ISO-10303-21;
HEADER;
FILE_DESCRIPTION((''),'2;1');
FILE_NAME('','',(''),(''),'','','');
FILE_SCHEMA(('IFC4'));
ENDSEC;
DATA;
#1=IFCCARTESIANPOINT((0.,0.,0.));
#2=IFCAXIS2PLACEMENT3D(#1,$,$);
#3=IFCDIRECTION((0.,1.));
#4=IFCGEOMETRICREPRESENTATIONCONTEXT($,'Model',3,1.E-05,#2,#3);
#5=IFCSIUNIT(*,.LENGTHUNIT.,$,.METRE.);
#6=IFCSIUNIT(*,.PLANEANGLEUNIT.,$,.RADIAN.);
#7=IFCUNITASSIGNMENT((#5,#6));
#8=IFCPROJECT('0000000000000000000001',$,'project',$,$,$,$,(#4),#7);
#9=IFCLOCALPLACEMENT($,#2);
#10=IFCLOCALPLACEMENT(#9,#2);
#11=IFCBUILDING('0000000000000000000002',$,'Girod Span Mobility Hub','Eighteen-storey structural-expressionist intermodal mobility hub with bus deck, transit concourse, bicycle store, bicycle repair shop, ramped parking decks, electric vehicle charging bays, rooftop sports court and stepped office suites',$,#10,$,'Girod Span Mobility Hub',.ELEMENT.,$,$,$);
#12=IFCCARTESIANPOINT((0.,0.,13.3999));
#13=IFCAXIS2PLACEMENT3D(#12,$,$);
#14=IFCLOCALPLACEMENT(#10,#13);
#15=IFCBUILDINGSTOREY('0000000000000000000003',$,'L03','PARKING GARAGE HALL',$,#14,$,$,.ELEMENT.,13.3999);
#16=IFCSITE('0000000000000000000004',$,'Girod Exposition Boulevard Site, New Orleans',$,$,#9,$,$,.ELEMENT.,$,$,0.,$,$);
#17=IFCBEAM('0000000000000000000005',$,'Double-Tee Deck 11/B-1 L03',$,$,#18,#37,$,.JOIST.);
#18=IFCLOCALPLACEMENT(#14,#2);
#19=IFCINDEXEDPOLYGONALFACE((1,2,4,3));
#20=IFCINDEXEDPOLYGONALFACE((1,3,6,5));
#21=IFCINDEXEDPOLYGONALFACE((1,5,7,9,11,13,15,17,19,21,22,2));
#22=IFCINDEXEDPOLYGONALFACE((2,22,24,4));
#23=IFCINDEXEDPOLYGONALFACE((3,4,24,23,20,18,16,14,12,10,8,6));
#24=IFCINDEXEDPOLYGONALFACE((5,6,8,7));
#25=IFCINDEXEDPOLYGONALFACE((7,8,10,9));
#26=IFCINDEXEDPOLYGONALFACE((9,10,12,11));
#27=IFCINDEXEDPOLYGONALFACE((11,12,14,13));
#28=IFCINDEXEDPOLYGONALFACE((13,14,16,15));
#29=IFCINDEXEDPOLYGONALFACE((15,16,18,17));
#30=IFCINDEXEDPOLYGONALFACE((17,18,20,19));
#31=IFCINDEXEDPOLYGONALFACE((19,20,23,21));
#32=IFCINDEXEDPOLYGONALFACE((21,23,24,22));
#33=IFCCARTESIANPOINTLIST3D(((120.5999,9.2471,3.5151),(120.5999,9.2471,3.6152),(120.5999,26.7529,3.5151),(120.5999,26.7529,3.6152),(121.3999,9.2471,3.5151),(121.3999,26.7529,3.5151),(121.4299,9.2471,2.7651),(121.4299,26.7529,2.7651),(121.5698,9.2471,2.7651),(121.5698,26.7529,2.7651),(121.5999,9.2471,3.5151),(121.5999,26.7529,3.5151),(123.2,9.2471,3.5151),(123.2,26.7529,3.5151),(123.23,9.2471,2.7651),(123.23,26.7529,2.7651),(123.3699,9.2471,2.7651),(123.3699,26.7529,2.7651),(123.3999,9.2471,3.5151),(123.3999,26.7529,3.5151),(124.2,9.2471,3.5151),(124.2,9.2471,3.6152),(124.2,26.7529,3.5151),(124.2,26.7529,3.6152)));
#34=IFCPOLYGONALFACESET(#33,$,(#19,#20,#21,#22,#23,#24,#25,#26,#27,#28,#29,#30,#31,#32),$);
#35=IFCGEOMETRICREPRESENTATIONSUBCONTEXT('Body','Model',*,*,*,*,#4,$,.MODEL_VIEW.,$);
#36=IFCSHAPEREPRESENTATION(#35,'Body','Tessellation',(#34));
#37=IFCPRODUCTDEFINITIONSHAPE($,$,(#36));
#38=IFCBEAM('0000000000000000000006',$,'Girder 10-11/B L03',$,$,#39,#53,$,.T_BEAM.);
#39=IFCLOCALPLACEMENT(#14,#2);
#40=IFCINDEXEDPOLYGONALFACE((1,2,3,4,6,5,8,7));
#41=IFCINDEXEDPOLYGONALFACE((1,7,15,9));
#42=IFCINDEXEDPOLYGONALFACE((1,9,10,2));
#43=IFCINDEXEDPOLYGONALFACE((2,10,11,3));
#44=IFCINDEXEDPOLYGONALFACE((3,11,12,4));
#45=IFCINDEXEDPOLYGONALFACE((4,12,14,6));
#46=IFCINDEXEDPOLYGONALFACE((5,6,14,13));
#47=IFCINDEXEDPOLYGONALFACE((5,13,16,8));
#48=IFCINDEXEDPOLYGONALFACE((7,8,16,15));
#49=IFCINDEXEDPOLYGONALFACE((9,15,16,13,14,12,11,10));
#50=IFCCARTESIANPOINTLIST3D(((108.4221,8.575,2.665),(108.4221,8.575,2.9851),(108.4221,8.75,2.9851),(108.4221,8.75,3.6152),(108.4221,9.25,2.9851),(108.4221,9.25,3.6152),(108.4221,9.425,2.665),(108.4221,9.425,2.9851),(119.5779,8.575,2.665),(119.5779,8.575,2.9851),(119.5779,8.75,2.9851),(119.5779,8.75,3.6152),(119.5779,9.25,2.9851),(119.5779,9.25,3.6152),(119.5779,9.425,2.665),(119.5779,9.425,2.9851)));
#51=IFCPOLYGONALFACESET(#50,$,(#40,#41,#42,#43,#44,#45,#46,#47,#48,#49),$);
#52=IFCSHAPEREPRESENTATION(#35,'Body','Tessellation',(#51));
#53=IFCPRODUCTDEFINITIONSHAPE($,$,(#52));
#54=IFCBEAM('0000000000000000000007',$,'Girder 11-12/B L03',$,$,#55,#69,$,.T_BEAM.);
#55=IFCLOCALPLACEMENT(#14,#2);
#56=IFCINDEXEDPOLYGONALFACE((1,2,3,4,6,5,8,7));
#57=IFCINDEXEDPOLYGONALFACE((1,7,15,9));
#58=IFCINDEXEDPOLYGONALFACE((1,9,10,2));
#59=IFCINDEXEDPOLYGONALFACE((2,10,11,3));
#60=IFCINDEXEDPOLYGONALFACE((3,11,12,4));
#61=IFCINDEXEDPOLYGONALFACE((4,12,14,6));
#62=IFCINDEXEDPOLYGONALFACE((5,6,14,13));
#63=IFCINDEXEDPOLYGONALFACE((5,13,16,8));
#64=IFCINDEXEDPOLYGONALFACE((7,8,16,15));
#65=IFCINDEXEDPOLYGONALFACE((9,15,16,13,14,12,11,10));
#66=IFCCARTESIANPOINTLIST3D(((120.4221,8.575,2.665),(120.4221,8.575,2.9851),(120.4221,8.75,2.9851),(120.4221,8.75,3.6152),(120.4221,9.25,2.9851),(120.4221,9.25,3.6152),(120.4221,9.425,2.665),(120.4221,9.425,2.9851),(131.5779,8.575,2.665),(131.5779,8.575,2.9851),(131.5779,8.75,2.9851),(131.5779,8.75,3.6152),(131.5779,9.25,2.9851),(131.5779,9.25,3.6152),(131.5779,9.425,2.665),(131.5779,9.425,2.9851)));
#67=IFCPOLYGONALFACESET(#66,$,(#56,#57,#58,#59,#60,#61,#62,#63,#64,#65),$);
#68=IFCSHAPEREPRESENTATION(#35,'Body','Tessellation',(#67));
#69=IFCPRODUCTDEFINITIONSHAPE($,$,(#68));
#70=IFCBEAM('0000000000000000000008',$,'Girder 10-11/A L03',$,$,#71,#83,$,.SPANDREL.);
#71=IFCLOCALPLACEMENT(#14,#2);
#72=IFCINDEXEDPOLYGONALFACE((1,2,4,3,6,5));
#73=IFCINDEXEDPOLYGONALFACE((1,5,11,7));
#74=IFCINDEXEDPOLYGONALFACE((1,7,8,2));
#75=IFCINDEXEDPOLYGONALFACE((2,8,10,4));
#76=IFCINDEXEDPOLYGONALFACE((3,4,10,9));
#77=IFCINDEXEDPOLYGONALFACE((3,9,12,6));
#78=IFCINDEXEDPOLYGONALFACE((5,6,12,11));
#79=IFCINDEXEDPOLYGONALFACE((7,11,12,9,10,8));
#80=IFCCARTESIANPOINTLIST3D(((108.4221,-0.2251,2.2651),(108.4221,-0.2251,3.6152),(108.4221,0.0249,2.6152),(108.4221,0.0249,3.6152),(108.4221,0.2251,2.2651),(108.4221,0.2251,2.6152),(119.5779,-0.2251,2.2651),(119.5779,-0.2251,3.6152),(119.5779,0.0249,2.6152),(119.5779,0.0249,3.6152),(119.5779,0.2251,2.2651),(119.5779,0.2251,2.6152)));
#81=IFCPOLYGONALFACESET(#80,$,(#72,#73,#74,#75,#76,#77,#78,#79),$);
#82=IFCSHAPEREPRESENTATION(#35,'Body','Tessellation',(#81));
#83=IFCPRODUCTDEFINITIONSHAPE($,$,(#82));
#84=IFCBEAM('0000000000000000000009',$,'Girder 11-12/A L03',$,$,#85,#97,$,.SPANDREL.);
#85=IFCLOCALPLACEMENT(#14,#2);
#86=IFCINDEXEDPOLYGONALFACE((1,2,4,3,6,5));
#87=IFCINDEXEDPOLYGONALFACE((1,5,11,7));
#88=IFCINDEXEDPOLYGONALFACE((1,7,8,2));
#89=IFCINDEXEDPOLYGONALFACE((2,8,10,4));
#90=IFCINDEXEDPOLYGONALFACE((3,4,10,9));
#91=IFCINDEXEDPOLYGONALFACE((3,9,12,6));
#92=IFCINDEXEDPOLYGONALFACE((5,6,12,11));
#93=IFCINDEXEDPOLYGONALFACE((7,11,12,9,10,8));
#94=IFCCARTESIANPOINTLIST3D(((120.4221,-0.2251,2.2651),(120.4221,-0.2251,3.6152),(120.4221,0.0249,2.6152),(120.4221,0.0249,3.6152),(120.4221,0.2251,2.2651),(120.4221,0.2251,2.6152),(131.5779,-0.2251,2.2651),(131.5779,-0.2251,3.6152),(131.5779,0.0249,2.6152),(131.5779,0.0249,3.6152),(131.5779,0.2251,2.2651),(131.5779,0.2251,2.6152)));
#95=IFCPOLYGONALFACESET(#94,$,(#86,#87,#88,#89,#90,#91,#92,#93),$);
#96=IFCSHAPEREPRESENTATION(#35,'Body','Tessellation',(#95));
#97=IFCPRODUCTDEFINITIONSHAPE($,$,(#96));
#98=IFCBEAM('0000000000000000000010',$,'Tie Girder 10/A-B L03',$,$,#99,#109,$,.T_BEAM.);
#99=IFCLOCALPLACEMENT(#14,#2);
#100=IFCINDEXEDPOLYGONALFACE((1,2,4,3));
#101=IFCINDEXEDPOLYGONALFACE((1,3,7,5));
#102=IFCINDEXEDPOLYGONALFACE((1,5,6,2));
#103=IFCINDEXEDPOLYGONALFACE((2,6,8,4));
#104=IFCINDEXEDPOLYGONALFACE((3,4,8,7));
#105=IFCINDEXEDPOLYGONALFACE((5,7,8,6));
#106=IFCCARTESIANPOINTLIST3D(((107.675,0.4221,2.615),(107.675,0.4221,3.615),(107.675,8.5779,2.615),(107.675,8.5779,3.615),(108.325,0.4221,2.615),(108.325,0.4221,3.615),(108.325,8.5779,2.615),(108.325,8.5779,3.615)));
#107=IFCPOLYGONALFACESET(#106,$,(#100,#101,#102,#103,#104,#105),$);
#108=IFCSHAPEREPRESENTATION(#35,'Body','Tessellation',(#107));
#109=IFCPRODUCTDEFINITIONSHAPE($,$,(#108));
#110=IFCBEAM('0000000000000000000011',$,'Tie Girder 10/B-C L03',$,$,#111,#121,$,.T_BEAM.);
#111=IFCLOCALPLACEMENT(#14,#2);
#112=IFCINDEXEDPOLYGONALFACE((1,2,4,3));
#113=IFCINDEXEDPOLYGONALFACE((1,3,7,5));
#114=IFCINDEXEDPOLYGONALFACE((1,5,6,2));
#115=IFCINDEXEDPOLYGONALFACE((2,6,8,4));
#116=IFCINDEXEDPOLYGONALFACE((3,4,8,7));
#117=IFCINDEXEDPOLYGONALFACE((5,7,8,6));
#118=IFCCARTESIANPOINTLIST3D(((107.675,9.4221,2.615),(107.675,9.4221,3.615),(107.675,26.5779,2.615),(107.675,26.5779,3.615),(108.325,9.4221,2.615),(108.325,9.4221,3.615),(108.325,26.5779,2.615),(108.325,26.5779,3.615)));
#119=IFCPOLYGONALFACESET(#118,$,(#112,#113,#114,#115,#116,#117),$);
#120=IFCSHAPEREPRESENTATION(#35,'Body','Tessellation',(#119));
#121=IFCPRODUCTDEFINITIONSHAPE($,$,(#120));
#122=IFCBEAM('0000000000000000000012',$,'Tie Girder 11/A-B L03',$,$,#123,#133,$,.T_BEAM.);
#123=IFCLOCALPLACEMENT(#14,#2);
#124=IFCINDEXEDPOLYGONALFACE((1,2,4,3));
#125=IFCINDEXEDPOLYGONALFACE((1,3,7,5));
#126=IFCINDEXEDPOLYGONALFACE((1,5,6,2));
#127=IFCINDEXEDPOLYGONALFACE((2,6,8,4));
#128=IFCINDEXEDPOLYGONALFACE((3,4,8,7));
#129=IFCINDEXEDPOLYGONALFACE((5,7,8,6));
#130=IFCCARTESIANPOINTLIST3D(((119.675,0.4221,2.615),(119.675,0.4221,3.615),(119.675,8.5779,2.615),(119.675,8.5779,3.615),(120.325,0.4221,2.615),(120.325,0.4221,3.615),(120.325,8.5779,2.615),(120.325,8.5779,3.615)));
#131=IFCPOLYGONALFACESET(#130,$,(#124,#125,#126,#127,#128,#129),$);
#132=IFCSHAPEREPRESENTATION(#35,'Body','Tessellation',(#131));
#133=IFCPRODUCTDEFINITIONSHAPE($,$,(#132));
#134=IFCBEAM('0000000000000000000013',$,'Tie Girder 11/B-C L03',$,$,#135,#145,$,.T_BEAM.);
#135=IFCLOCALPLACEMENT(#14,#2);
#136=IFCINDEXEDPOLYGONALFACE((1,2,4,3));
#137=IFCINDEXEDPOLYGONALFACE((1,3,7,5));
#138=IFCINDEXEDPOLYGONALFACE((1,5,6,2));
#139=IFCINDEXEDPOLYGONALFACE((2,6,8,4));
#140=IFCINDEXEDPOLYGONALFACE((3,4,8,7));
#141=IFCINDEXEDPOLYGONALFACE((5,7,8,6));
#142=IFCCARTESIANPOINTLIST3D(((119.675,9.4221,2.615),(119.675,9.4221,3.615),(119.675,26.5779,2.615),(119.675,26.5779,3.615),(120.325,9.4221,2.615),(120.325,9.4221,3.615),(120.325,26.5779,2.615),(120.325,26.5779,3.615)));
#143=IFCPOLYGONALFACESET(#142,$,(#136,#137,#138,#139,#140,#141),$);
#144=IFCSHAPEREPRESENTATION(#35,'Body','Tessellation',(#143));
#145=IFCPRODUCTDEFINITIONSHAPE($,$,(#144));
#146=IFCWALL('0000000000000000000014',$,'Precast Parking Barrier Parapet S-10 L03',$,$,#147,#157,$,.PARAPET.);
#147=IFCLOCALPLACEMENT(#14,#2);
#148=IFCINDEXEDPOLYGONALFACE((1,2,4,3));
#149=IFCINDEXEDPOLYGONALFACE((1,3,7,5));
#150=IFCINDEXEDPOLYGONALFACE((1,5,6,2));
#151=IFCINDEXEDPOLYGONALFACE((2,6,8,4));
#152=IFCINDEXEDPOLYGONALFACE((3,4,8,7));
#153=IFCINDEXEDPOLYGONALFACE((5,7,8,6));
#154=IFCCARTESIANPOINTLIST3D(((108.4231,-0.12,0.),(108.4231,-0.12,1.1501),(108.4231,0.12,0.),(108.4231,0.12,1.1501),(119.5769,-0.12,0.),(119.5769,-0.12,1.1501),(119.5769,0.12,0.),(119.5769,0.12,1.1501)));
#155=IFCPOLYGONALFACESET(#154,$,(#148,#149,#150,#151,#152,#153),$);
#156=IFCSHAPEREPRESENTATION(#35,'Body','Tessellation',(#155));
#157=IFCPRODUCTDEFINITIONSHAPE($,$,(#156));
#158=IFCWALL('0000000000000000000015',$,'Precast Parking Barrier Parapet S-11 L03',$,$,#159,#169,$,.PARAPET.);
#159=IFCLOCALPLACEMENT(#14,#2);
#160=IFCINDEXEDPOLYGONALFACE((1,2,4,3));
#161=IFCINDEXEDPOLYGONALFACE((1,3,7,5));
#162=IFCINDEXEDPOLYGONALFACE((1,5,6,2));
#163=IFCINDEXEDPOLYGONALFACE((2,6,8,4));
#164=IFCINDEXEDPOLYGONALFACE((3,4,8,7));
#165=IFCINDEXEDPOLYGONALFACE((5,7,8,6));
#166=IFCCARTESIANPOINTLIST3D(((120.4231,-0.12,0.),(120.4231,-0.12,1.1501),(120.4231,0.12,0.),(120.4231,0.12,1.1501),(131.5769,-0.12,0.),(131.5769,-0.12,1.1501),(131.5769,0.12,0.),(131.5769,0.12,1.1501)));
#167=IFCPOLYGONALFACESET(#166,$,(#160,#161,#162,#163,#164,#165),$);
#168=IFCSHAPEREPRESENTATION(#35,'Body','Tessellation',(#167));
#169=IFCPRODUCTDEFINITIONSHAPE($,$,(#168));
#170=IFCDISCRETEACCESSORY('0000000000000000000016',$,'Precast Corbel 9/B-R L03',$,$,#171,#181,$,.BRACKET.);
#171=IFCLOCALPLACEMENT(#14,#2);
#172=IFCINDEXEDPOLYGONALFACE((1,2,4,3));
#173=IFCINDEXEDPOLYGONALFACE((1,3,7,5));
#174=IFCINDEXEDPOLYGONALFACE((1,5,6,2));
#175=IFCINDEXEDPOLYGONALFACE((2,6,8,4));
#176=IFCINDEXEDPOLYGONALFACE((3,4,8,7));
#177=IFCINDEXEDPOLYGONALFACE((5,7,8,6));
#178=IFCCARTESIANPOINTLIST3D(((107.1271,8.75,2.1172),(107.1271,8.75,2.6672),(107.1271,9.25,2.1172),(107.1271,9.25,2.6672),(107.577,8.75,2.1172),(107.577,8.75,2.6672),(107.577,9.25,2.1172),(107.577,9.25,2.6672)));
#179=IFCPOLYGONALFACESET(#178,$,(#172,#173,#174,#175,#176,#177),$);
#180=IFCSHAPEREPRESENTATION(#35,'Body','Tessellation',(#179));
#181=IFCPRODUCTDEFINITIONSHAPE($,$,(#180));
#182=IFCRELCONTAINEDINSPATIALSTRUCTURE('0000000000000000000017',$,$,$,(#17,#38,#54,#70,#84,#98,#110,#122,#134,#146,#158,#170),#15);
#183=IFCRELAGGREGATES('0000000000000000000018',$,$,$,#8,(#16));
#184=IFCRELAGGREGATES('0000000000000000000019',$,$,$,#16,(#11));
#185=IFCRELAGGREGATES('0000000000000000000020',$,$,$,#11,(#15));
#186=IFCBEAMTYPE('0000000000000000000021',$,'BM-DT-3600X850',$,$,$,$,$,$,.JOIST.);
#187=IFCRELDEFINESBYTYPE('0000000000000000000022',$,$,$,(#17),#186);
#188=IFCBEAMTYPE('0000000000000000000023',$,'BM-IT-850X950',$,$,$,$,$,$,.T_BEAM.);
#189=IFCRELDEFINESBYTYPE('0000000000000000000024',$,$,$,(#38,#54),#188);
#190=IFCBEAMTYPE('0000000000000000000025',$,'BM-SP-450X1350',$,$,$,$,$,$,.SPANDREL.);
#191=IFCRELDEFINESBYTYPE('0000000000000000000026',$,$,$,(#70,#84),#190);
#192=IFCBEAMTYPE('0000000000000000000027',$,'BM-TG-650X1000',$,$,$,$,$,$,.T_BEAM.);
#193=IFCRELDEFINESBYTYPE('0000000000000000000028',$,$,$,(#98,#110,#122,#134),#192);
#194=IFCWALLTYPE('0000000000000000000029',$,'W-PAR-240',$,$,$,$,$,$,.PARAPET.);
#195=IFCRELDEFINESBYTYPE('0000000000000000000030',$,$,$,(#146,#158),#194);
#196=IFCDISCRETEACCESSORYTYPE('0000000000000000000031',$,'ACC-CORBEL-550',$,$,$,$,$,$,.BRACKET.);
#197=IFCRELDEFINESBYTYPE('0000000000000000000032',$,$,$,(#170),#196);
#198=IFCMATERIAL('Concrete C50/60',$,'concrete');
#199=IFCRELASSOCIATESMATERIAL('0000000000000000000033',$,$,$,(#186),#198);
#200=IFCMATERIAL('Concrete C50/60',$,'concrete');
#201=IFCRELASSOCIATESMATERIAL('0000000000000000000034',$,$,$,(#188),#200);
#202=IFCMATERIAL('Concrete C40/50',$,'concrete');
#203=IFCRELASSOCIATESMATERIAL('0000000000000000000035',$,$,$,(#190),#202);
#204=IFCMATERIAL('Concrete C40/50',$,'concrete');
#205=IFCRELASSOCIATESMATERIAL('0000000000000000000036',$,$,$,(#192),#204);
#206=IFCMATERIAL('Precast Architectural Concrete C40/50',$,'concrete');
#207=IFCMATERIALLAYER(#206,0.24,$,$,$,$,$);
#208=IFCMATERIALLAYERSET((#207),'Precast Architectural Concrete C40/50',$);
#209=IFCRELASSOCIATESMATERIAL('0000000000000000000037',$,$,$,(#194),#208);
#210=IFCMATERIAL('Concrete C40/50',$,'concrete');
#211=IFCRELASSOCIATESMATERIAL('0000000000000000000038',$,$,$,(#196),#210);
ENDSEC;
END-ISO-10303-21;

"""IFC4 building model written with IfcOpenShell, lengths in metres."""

from ifc_helpers import new_model, si_unit, direction, frame, frame_2d, origin, origin_2d, place, context, subcontext, project, spatial, polyline, rectangle, outline, extrude, material, layer, layer_set, material_profile, profile_set, type_object, element, save


model = new_model("IFC4")

# Units and contexts
model_context = context("Model", 3, precision=1e-05, world=origin(), true_north=direction((0.0, 1.0)))
body_context = subcontext(model_context, "Body", "Model", "MODEL_VIEW")
ifc_project = project(units=[si_unit("LENGTHUNIT", "METRE"), si_unit("PLANEANGLEUNIT", "RADIAN")], contexts=[model_context])

# Site, building, storey
site_placement = place(None, origin())
site = spatial("IfcSite", under=ifc_project, at=site_placement, Name="Girod Exposition Boulevard Site, New Orleans", CompositionType="ELEMENT", RefElevation=0.0)
building_placement = place(site_placement, origin())
building = spatial("IfcBuilding", under=site, at=building_placement, Name="Girod Span Mobility Hub", Description="Eighteen-storey structural-expressionist intermodal mobility hub with bus deck, transit concourse, bicycle store, bicycle repair shop, ramped parking decks, electric vehicle charging bays, rooftop sports court and stepped office suites", LongName="Girod Span Mobility Hub", CompositionType="ELEMENT")
storey_placement = place(building_placement, frame((0.0, 0.0, 13.3999)))
storey = spatial("IfcBuildingStorey", under=building, at=storey_placement, Name="L03", Description="PARKING GARAGE HALL", CompositionType="ELEMENT", Elevation=13.3999)

# Beams
ifc_material_1 = material(Name="Concrete C50/60", Category="concrete")
ifc_material_profile_1 = material_profile(ifc_material_1, outline(polyline([(-1.8, 0.425), (-1.8, 0.325), (-1.0, 0.325), (-0.97, -0.425), (-0.8301, -0.425), (-0.8, 0.325), (0.8, 0.325), (0.8301, -0.425), (0.97, -0.425), (1.0, 0.325), (1.8, 0.325), (1.8, 0.425), (-1.8, 0.425)])), Name="DT-3600X850")
ifc_profile_set_1 = profile_set([ifc_material_profile_1], Name="Concrete C50/60")
beam_type_1 = type_object("IfcBeamType", Name="BM-DT-3600X850", PredefinedType="JOIST", material=ifc_profile_set_1)
for number, where, z_axis, x_axis, name in (
    (1, (122.3999, 9.2471, 3.1902), (0.0, 1.0, 0.0), (-1.0, 0.0, 0.0), "Double-Tee Deck 11/B-1 L03"),
):
    element("IfcBeam", number, at=place(storey_placement, frame(where, z_axis=z_axis, x_axis=x_axis)), inside=storey, type_object=beam_type_1, Name=name, PredefinedType="JOIST", context=body_context, shape_type="SweptSolid", body=[
        extrude(outline(polyline([(-1.8, 0.425), (-1.8, 0.325), (-1.0, 0.325), (-0.97, -0.425), (-0.8301, -0.425), (-0.8, 0.325), (0.8, 0.325), (0.8301, -0.425), (0.97, -0.425), (1.0, 0.325), (1.8, 0.325), (1.8, 0.425), (-1.8, 0.425)])), origin(), (0.0, 0.0, 1.0), 17.5059),
    ])
ifc_material_2 = material(Name="Concrete C50/60", Category="concrete")
ifc_material_profile_2 = material_profile(ifc_material_2, outline(polyline([(-0.425, -0.4751), (0.425, -0.4751), (0.425, -0.155), (0.25, -0.155), (0.25, 0.4751), (-0.25, 0.4751), (-0.25, -0.155), (-0.425, -0.155), (-0.425, -0.4751)])), Name="IT-850X950")
ifc_profile_set_2 = profile_set([ifc_material_profile_2], Name="Concrete C50/60")
beam_type_2 = type_object("IfcBeamType", Name="BM-IT-850X950", PredefinedType="T_BEAM", material=ifc_profile_set_2)
for number, where, z_axis, x_axis, name in (
    (2, (108.4221, 9.0, 3.1401), (1.0, 0.0, 0.0), (0.0, 1.0, 0.0), "Girder 10-11/B L03"),
    (3, (120.4221, 9.0, 3.1401), (1.0, 0.0, 0.0), (0.0, 1.0, 0.0), "Girder 11-12/B L03"),
):
    element("IfcBeam", number, at=place(storey_placement, frame(where, z_axis=z_axis, x_axis=x_axis)), inside=storey, type_object=beam_type_2, Name=name, PredefinedType="T_BEAM", context=body_context, shape_type="SweptSolid", body=[
        extrude(outline(polyline([(-0.425, -0.4751), (0.425, -0.4751), (0.425, -0.155), (0.25, -0.155), (0.25, 0.4751), (-0.25, 0.4751), (-0.25, -0.155), (-0.425, -0.155), (-0.425, -0.4751)])), origin(), (0.0, 0.0, 1.0), 11.1558),
    ])
ifc_material_3 = material(Name="Concrete C40/50", Category="concrete")
ifc_material_profile_3 = material_profile(ifc_material_3, outline(polyline([(-0.2251, -0.675), (0.2251, -0.675), (0.2251, -0.325), (0.0249, -0.325), (0.0249, 0.675), (-0.2251, 0.675), (-0.2251, -0.675)])), Name="SP-450X1350")
ifc_profile_set_3 = profile_set([ifc_material_profile_3], Name="Concrete C40/50")
beam_type_3 = type_object("IfcBeamType", Name="BM-SP-450X1350", PredefinedType="SPANDREL", material=ifc_profile_set_3)
for number, where, z_axis, x_axis, name in (
    (4, (108.4221, 0.0, 2.9402), (1.0, 0.0, 0.0), (0.0, 1.0, 0.0), "Girder 10-11/A L03"),
    (5, (120.4221, 0.0, 2.9402), (1.0, 0.0, 0.0), (0.0, 1.0, 0.0), "Girder 11-12/A L03"),
):
    element("IfcBeam", number, at=place(storey_placement, frame(where, z_axis=z_axis, x_axis=x_axis)), inside=storey, type_object=beam_type_3, Name=name, PredefinedType="SPANDREL", context=body_context, shape_type="SweptSolid", body=[
        extrude(outline(polyline([(-0.2251, -0.675), (0.2251, -0.675), (0.2251, -0.325), (0.0249, -0.325), (0.0249, 0.675), (-0.2251, 0.675), (-0.2251, -0.675)])), origin(), (0.0, 0.0, 1.0), 11.1558),
    ])
ifc_material_4 = material(Name="Concrete C40/50", Category="concrete")
ifc_material_profile_4 = material_profile(ifc_material_4, rectangle(XDim=0.6499, YDim=1.0, at=origin_2d()), Name="TG-650X1000")
ifc_profile_set_4 = profile_set([ifc_material_profile_4], Name="Concrete C40/50")
beam_type_4 = type_object("IfcBeamType", Name="BM-TG-650X1000", PredefinedType="T_BEAM", material=ifc_profile_set_4)
beam_1_placement = place(storey_placement, frame((108.0, 0.4221, 3.115), z_axis=(0.0, 1.0, 0.0), x_axis=(-1.0, 0.0, 0.0)))
element("IfcBeam", 6, at=beam_1_placement, inside=storey, type_object=beam_type_4, Name="Tie Girder 10/A-B L03", PredefinedType="T_BEAM", context=body_context, shape_type="SweptSolid", body=[
    extrude(rectangle(XDim=0.6499, YDim=1.0, at=origin_2d()), origin(), (0.0, 0.0, 1.0), 8.1558),
])
beam_2_placement = place(storey_placement, frame((108.0, 9.4221, 3.115), z_axis=(0.0, 1.0, 0.0), x_axis=(-1.0, 0.0, 0.0)))
element("IfcBeam", 7, at=beam_2_placement, inside=storey, type_object=beam_type_4, Name="Tie Girder 10/B-C L03", PredefinedType="T_BEAM", context=body_context, shape_type="SweptSolid", body=[
    extrude(rectangle(XDim=0.6499, YDim=1.0, at=origin_2d()), origin(), (0.0, 0.0, 1.0), 17.1558),
])
beam_3_placement = place(storey_placement, frame((120.0, 0.4221, 3.115), z_axis=(0.0, 1.0, 0.0), x_axis=(-1.0, 0.0, 0.0)))
element("IfcBeam", 8, at=beam_3_placement, inside=storey, type_object=beam_type_4, Name="Tie Girder 11/A-B L03", PredefinedType="T_BEAM", context=body_context, shape_type="SweptSolid", body=[
    extrude(rectangle(XDim=0.6499, YDim=1.0, at=origin_2d()), origin(), (0.0, 0.0, 1.0), 8.1558),
])
beam_4_placement = place(storey_placement, frame((120.0, 9.4221, 3.115), z_axis=(0.0, 1.0, 0.0), x_axis=(-1.0, 0.0, 0.0)))
element("IfcBeam", 9, at=beam_4_placement, inside=storey, type_object=beam_type_4, Name="Tie Girder 11/B-C L03", PredefinedType="T_BEAM", context=body_context, shape_type="SweptSolid", body=[
    extrude(rectangle(XDim=0.6499, YDim=1.0, at=origin_2d()), origin(), (0.0, 0.0, 1.0), 17.1558),
])

# Walls
ifc_material_5 = material(Name="Precast Architectural Concrete C40/50", Category="concrete")
ifc_layer = layer(ifc_material_5, 0.24)
ifc_layer_set = layer_set([ifc_layer], Name="Precast Architectural Concrete C40/50")
wall_type = type_object("IfcWallType", Name="W-PAR-240", PredefinedType="PARAPET", material=ifc_layer_set)
for number, where, z_axis, x_axis, name in (
    (10, (108.4231, 0.0, 0.0), (0.0, 0.0, 1.0), (1.0, 0.0, 0.0), "Precast Parking Barrier Parapet S-10 L03"),
    (11, (120.4231, 0.0, 0.0), (0.0, 0.0, 1.0), (1.0, 0.0, 0.0), "Precast Parking Barrier Parapet S-11 L03"),
):
    element("IfcWall", number, at=place(storey_placement, frame(where, z_axis=z_axis, x_axis=x_axis)), inside=storey, type_object=wall_type, Name=name, PredefinedType="PARAPET", context=body_context, shape_type="SweptSolid", body=[
        extrude(rectangle(XDim=11.1538, YDim=0.24, at=frame_2d((5.5769, 0.0))), origin(), (0.0, 0.0, 1.0), 1.1501),
    ])

# Discrete accessory
ifc_material_6 = material(Name="Concrete C40/50", Category="concrete")
discrete_accessory_type = type_object("IfcDiscreteAccessoryType", Name="ACC-CORBEL-550", PredefinedType="BRACKET", material=ifc_material_6)
for number, where, z_axis, x_axis, name in (
    (12, (107.3521, 9.0, 2.1172), (0.0, 0.0, 1.0), (1.0, 0.0, 0.0), "Precast Corbel 9/B-R L03"),
):
    element("IfcDiscreteAccessory", number, at=place(storey_placement, frame(where, z_axis=z_axis, x_axis=x_axis)), inside=storey, type_object=discrete_accessory_type, Name=name, PredefinedType="BRACKET", context=body_context, shape_type="SweptSolid", body=[
        extrude(rectangle(XDim=0.45, YDim=0.5, at=origin_2d()), origin(), (0.0, 0.0, 1.0), 0.55),
    ])

save(model, "model.ifc")
